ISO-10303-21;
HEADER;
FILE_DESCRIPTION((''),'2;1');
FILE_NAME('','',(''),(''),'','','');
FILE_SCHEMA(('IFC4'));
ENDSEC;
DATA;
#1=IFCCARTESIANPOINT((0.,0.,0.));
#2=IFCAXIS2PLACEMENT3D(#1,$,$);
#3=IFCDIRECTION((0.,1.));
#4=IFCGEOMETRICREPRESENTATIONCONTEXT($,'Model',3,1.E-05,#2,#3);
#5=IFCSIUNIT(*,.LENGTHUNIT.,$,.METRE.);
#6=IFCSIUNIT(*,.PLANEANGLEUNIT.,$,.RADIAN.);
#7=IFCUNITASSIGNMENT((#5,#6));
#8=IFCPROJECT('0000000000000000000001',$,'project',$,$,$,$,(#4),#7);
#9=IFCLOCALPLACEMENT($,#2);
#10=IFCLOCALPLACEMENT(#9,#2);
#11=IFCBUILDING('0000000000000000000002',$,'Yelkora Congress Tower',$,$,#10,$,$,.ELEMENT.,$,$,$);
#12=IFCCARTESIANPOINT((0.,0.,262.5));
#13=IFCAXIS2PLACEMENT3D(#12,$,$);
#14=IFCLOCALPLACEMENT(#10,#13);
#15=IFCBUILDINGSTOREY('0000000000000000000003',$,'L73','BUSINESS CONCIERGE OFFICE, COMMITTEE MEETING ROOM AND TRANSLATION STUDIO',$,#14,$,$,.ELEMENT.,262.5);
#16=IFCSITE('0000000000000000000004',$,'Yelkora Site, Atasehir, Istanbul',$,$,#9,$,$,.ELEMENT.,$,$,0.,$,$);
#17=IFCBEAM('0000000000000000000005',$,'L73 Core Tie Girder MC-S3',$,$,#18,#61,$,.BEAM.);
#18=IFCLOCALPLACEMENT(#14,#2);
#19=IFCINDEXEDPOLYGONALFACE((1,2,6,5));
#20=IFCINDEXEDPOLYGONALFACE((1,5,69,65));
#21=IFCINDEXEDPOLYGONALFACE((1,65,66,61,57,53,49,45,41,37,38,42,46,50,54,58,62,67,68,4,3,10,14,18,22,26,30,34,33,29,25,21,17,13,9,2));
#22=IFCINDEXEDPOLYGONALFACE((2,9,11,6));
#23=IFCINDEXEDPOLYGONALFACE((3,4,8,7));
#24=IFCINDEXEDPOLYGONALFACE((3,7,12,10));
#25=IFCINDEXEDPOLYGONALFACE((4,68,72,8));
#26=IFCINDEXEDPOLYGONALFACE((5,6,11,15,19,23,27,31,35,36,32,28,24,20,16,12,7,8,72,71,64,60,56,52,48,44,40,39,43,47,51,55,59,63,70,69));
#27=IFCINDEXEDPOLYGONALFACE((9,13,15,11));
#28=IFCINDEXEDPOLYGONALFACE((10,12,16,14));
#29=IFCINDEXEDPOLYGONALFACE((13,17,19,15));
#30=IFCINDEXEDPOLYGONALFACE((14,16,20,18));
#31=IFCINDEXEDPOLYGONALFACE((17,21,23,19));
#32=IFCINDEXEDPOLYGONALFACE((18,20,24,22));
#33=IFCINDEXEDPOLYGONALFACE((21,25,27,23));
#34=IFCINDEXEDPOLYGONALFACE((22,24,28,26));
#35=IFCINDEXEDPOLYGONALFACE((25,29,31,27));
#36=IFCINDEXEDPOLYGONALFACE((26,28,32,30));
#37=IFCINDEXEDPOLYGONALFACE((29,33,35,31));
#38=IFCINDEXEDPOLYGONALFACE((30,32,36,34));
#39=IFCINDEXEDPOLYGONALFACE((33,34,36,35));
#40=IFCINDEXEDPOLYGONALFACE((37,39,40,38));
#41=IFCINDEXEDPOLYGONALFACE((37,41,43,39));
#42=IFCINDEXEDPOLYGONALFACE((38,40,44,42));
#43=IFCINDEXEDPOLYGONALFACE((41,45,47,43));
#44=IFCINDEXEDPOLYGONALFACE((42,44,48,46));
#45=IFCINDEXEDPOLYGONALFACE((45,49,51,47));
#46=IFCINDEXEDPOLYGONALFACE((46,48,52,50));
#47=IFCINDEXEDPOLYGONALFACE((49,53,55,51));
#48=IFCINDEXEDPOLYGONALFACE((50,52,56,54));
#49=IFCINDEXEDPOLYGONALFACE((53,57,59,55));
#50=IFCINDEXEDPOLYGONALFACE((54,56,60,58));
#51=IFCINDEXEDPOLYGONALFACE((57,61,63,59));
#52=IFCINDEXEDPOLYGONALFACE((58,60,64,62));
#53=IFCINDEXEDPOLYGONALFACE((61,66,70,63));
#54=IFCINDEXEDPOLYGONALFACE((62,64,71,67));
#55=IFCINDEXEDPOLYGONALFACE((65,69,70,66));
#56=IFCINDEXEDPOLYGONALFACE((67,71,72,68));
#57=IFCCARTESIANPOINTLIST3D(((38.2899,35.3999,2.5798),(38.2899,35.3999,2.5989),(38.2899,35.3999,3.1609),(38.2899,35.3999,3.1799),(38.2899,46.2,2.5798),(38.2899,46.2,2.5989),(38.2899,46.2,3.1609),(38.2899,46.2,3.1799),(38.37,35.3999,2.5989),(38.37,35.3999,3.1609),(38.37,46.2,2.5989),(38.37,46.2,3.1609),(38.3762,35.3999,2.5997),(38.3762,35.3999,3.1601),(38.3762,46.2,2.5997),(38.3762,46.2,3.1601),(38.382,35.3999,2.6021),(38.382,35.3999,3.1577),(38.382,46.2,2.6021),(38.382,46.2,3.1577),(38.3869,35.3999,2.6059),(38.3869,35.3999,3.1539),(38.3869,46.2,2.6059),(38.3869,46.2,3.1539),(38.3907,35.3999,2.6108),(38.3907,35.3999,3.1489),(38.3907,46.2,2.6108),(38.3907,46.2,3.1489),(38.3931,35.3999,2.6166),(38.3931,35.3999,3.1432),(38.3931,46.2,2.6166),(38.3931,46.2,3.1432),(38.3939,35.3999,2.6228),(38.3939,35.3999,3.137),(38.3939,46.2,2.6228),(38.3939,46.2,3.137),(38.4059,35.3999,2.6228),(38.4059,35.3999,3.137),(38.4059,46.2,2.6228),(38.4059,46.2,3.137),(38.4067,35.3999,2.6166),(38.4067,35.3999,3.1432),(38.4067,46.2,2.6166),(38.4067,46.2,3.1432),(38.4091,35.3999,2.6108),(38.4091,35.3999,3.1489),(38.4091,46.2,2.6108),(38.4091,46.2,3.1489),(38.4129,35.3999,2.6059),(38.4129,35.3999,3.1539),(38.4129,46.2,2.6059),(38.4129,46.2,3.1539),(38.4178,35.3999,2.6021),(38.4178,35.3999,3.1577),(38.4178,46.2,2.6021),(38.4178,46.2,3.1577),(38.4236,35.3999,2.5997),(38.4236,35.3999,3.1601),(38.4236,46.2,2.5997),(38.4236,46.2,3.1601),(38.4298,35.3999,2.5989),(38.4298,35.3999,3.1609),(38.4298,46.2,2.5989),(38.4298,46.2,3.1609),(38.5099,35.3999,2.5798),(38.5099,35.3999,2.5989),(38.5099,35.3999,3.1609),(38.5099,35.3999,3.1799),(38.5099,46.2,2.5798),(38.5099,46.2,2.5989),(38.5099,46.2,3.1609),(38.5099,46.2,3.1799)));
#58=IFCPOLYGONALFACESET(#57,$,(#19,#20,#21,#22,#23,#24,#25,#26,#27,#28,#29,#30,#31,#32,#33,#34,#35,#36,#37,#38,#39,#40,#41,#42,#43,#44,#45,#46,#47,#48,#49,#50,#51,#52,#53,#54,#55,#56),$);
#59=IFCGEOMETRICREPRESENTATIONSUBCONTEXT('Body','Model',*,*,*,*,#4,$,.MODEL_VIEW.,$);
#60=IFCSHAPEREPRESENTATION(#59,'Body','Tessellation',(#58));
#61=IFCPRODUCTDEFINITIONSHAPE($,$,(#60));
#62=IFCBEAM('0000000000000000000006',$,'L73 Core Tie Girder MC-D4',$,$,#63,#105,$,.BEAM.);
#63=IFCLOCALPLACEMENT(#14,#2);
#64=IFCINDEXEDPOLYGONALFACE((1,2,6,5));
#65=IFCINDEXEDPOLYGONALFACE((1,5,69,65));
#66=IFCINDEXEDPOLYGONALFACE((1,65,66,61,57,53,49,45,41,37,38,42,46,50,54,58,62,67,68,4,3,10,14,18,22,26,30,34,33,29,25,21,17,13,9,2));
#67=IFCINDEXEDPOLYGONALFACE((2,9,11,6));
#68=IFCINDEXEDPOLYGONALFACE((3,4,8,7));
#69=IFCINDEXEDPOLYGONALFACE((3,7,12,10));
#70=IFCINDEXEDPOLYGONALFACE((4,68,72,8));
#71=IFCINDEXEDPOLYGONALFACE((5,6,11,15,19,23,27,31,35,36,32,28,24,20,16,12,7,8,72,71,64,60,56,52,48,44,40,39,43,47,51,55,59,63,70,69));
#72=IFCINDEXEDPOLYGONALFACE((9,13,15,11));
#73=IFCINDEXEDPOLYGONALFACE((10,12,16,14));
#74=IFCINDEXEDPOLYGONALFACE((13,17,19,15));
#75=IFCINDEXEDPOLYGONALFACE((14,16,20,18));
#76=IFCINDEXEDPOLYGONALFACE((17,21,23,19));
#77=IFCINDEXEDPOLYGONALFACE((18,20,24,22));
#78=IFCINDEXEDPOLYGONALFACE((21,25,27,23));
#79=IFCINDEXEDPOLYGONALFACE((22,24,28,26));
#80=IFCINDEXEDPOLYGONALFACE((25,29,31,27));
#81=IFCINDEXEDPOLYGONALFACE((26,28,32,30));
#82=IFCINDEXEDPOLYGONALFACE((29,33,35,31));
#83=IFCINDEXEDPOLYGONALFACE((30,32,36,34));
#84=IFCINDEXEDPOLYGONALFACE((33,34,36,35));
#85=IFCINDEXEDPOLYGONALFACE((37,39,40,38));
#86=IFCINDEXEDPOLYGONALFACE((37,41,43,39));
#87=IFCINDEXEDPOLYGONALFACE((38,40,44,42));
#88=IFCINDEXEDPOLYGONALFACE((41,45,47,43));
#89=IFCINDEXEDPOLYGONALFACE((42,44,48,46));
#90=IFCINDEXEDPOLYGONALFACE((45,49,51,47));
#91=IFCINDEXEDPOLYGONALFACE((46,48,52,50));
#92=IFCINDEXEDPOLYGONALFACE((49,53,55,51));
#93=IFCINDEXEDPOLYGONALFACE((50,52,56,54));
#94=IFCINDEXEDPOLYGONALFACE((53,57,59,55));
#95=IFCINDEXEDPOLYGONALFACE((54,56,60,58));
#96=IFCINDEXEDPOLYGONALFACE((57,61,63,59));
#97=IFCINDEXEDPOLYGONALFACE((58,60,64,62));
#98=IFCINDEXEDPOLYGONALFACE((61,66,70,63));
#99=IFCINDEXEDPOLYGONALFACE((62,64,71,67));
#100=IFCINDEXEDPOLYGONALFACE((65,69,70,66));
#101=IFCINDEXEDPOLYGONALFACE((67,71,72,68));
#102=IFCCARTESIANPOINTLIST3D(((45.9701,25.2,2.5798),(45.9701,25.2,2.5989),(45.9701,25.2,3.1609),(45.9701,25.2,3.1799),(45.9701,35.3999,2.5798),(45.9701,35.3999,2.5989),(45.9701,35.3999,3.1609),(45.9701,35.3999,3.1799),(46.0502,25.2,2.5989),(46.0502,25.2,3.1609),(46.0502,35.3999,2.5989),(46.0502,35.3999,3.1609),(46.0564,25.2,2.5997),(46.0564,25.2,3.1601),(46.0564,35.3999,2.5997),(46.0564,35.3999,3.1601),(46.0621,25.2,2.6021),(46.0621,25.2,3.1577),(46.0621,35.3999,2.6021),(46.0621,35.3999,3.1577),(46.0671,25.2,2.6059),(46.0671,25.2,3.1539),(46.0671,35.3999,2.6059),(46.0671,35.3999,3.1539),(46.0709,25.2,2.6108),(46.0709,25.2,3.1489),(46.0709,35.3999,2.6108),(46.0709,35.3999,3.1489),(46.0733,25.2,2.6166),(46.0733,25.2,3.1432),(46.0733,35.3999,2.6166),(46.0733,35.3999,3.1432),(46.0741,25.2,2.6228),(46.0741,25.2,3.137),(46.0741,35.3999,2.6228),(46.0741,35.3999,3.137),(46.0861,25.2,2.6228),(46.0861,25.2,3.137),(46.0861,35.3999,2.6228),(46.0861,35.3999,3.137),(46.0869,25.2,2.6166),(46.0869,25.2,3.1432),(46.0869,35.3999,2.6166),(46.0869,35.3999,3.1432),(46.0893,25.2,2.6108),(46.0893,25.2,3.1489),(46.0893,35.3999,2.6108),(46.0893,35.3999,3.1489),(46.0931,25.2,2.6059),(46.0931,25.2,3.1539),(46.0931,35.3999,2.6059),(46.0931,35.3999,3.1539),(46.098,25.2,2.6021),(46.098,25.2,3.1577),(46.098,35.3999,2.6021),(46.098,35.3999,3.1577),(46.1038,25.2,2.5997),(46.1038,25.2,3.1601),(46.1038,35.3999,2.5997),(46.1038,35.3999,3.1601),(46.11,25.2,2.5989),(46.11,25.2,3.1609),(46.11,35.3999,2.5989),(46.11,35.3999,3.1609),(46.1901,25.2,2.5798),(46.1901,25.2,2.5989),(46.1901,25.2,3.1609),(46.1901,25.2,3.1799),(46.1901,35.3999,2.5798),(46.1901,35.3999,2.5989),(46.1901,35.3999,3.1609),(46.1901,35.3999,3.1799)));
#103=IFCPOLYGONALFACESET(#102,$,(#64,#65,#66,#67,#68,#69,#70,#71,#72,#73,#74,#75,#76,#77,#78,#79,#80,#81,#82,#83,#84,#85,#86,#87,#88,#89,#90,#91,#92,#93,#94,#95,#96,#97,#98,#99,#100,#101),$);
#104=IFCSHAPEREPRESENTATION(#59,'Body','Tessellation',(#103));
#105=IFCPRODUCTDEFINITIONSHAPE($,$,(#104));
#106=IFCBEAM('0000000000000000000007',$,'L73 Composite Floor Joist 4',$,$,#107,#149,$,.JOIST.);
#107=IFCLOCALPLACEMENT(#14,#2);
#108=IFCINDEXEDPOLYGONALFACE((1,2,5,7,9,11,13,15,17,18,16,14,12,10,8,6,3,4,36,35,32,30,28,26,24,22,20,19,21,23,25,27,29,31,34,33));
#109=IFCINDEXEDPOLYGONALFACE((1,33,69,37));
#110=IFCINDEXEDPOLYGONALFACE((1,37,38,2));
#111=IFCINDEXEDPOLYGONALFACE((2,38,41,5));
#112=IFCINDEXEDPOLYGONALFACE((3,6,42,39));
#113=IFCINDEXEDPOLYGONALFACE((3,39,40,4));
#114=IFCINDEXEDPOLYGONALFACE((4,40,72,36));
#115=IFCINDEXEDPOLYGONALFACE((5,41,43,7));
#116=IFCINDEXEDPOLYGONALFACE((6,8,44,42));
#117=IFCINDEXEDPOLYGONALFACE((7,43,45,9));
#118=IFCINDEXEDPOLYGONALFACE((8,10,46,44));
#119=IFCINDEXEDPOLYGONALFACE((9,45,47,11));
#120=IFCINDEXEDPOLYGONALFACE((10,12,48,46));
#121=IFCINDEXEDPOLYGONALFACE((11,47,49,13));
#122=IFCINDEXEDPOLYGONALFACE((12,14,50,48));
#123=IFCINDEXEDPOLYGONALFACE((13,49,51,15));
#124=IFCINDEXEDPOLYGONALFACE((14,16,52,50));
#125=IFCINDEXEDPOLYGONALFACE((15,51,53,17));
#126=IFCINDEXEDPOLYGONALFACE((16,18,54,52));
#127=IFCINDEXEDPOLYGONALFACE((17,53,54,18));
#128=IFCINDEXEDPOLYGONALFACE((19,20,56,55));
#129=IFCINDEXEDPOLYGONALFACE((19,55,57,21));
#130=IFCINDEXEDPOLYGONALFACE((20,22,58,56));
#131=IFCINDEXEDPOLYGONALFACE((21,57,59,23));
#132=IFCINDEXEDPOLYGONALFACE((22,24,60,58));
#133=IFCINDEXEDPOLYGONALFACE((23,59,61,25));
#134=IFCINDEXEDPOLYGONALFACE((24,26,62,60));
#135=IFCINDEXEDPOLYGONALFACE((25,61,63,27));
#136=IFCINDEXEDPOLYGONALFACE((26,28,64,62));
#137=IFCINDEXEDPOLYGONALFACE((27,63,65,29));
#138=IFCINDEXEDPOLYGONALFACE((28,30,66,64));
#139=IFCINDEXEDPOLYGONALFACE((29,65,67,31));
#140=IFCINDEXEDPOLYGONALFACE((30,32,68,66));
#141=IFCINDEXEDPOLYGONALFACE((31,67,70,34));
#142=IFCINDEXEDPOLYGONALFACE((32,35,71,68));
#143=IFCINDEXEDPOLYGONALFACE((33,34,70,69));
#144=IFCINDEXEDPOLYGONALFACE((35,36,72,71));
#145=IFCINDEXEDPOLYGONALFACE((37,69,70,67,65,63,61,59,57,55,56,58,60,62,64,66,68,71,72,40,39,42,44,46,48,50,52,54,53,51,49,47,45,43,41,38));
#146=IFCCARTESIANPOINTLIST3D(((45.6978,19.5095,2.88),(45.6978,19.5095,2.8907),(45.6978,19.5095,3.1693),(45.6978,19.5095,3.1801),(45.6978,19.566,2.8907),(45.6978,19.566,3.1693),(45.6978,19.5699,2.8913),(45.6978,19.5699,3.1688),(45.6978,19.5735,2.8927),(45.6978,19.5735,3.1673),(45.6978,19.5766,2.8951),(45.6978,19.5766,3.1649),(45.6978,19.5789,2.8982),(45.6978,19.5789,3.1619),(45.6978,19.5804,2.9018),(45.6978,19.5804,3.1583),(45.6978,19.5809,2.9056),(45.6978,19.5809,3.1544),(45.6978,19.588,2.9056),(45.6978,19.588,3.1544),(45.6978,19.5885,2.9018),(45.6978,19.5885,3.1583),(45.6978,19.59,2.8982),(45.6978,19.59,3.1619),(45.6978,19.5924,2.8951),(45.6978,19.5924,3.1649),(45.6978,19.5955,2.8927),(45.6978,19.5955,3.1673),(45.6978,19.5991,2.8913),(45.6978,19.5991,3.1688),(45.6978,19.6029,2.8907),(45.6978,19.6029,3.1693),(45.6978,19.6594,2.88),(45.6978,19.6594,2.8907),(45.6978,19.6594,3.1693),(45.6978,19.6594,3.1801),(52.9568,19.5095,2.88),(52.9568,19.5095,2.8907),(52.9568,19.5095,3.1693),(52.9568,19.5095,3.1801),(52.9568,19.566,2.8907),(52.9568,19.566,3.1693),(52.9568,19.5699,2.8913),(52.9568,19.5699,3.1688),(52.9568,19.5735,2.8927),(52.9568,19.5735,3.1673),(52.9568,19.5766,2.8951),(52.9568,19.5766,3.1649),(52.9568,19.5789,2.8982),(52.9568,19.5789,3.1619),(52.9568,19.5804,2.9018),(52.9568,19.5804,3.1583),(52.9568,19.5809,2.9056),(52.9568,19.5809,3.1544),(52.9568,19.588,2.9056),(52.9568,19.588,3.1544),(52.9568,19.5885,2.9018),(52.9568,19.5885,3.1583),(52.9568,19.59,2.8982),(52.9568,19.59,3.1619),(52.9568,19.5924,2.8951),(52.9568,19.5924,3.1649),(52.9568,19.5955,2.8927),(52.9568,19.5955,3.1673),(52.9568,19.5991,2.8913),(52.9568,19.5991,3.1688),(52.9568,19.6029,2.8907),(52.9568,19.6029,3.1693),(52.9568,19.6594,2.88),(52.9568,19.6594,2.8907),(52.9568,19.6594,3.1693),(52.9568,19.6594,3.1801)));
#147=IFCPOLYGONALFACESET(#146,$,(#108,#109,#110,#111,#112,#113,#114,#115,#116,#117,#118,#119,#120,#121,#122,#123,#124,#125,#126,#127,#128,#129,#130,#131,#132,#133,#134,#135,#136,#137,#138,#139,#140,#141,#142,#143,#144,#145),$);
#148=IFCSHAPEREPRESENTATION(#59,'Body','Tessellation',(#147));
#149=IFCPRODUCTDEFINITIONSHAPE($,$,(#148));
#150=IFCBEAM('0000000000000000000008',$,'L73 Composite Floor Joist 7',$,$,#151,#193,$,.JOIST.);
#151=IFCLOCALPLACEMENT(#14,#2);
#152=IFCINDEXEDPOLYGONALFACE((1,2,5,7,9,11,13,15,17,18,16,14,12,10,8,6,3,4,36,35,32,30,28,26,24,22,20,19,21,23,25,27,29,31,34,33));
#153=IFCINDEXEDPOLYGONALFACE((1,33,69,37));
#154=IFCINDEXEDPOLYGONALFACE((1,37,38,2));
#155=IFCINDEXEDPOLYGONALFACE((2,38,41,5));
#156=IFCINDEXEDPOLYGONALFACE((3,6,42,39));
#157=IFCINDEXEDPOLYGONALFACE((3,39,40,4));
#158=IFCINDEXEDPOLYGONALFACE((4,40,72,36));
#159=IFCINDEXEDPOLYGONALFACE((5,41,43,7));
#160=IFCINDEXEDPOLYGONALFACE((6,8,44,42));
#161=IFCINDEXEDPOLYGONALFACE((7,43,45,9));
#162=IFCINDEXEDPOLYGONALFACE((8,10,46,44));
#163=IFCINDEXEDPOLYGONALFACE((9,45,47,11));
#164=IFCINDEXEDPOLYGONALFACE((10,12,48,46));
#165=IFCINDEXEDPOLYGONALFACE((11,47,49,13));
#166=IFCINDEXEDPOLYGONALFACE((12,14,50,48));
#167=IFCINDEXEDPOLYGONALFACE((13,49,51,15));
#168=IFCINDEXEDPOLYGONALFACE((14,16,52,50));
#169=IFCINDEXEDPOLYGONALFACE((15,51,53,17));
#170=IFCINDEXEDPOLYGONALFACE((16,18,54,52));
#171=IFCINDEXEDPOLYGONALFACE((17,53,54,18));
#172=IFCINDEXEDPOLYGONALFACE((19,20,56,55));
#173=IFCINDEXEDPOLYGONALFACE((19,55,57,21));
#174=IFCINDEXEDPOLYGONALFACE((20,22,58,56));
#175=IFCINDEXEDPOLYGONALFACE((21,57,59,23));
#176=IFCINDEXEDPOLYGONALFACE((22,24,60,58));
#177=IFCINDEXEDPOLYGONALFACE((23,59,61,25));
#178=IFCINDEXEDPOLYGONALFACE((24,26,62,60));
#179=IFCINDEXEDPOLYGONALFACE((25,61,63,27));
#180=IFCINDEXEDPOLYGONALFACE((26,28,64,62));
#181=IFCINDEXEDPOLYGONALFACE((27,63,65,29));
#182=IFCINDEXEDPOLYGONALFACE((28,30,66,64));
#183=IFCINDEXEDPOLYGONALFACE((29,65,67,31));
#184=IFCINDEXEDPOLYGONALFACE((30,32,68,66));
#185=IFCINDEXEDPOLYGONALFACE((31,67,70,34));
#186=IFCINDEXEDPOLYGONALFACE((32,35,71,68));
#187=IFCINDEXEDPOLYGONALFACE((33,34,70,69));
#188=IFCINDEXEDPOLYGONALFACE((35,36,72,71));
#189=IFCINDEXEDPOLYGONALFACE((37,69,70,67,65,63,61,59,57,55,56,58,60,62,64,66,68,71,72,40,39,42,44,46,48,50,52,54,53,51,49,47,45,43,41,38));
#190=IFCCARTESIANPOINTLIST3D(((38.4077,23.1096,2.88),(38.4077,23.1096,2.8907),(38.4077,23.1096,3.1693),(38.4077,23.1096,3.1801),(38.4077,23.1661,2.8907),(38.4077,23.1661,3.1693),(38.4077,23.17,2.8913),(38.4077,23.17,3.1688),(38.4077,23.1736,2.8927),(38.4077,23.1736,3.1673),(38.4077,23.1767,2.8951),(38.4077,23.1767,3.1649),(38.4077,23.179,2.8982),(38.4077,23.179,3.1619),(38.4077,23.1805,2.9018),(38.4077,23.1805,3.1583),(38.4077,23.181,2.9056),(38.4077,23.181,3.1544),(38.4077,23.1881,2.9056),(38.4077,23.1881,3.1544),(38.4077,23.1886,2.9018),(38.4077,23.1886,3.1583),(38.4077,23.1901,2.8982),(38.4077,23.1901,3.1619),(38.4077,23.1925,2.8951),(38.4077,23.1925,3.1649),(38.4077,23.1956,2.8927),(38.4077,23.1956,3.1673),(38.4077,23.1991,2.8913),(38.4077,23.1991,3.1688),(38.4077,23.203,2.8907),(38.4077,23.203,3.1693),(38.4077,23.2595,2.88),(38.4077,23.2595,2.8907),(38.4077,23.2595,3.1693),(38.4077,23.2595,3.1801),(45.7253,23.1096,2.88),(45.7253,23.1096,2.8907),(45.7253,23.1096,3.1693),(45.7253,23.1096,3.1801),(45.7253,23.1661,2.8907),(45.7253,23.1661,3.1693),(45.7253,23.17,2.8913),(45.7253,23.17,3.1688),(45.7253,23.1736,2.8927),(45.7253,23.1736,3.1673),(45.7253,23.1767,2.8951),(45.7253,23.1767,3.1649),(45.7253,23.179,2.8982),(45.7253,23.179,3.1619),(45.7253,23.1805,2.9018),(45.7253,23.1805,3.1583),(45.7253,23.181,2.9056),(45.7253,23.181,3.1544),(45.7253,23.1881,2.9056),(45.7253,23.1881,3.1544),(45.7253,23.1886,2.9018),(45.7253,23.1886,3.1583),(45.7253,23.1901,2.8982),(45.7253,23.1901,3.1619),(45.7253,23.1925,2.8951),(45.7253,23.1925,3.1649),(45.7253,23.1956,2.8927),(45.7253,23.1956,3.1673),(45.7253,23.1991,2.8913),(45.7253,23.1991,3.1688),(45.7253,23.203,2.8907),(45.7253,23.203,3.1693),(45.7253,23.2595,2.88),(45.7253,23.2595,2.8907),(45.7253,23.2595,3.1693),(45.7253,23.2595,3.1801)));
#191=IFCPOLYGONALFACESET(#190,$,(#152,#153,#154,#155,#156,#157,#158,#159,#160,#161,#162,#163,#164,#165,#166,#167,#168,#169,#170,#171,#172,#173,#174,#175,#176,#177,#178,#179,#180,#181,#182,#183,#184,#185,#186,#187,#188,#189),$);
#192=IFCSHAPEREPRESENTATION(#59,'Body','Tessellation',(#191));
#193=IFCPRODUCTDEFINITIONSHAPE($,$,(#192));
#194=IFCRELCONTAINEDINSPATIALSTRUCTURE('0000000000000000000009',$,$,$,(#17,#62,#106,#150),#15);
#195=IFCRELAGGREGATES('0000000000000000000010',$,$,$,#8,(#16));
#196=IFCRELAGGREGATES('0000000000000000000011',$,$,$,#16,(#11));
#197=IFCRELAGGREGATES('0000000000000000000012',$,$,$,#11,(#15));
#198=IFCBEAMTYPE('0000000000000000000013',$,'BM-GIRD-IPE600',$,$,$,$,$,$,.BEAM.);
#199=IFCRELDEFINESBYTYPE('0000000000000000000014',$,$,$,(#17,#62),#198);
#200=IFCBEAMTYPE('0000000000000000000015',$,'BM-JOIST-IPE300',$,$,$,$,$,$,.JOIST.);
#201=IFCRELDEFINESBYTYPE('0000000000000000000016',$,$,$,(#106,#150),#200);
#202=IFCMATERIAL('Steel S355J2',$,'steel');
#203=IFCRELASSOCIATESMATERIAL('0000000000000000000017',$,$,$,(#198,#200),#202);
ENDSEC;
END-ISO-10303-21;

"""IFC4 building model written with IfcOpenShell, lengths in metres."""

from ifc_helpers import new_model, si_unit, direction, frame, origin, origin_2d, place, context, subcontext, project, spatial, i_section, extrude, material, material_profile, profile_set, type_object, element, save


model = new_model("IFC4")

# Units and contexts
model_context = context("Model", 3, precision=1e-05, world=origin(), true_north=direction((0.0, 1.0)))
body_context = subcontext(model_context, "Body", "Model", "MODEL_VIEW")
ifc_project = project(units=[si_unit("LENGTHUNIT", "METRE"), si_unit("PLANEANGLEUNIT", "RADIAN")], contexts=[model_context])

# Site, building, storey
site_placement = place(None, origin())
site = spatial("IfcSite", under=ifc_project, at=site_placement, Name="Yelkora Site, Atasehir, Istanbul", CompositionType="ELEMENT", RefElevation=0.0)
building_placement = place(site_placement, origin())
building = spatial("IfcBuilding", under=site, at=building_placement, Name="Yelkora Congress Tower", CompositionType="ELEMENT")
storey_placement = place(building_placement, frame((0.0, 0.0, 262.5)))
storey = spatial("IfcBuildingStorey", under=building, at=storey_placement, Name="L73", Description="BUSINESS CONCIERGE OFFICE, COMMITTEE MEETING ROOM AND TRANSLATION STUDIO", CompositionType="ELEMENT", Elevation=262.5)

# Beams
ifc_material_1 = material(Name="Steel S355J2", Category="steel")
ifc_material_profile_1 = material_profile(ifc_material_1, i_section(OverallWidth=0.22, OverallDepth=0.6001, WebThickness=0.012, FlangeThickness=0.019, FilletRadius=0.0239, at=origin_2d()), Name="IPE 600")
ifc_profile_set_1 = profile_set([ifc_material_profile_1], Name="Steel S355J2")
beam_type_1 = type_object("IfcBeamType", Name="BM-GIRD-IPE600", PredefinedType="BEAM", material=ifc_profile_set_1)
beam_1_placement = place(storey_placement, frame((38.3999, 35.3999, 2.8799), z_axis=(0.0, 1.0, 0.0), x_axis=(-1.0, 0.0, 0.0)))
element("IfcBeam", 1, at=beam_1_placement, inside=storey, type_object=beam_type_1, Name="L73 Core Tie Girder MC-S3", PredefinedType="BEAM", context=body_context, shape_type="SweptSolid", body=[
    extrude(i_section(OverallWidth=0.22, OverallDepth=0.6001, WebThickness=0.012, FlangeThickness=0.019, FilletRadius=0.0239, at=origin_2d()), origin(), (0.0, 0.0, 1.0), 10.8),
])
beam_2_placement = place(storey_placement, frame((46.0801, 25.2, 2.8799), z_axis=(0.0, 1.0, 0.0), x_axis=(-1.0, 0.0, 0.0)))
element("IfcBeam", 2, at=beam_2_placement, inside=storey, type_object=beam_type_1, Name="L73 Core Tie Girder MC-D4", PredefinedType="BEAM", context=body_context, shape_type="SweptSolid", body=[
    extrude(i_section(OverallWidth=0.22, OverallDepth=0.6001, WebThickness=0.012, FlangeThickness=0.019, FilletRadius=0.0239, at=origin_2d()), origin(), (0.0, 0.0, 1.0), 10.2),
])
ifc_material_profile_2 = material_profile(ifc_material_1, i_section(OverallWidth=0.1499, OverallDepth=0.3, WebThickness=0.0071, FlangeThickness=0.0107, FilletRadius=0.0149, at=origin_2d()), Name="IPE 300")
ifc_profile_set_2 = profile_set([ifc_material_profile_2], Name="Steel S355J2")
beam_type_2 = type_object("IfcBeamType", Name="BM-JOIST-IPE300", PredefinedType="JOIST", material=ifc_profile_set_2)
beam_3_placement = place(storey_placement, frame((45.6978, 19.5845, 3.03), z_axis=(1.0, 0.0, 0.0), x_axis=(0.0, 1.0, 0.0)))
element("IfcBeam", 3, at=beam_3_placement, inside=storey, type_object=beam_type_2, Name="L73 Composite Floor Joist 4", PredefinedType="JOIST", context=body_context, shape_type="SweptSolid", body=[
    extrude(i_section(OverallWidth=0.1499, OverallDepth=0.3, WebThickness=0.0071, FlangeThickness=0.0107, FilletRadius=0.0149, at=origin_2d()), origin(), (0.0, 0.0, 1.0), 7.259),
])
beam_4_placement = place(storey_placement, frame((38.4077, 23.1846, 3.03), z_axis=(1.0, 0.0, 0.0), x_axis=(0.0, 1.0, 0.0)))
element("IfcBeam", 4, at=beam_4_placement, inside=storey, type_object=beam_type_2, Name="L73 Composite Floor Joist 7", PredefinedType="JOIST", context=body_context, shape_type="SweptSolid", body=[
    extrude(i_section(OverallWidth=0.1499, OverallDepth=0.3, WebThickness=0.0071, FlangeThickness=0.0107, FilletRadius=0.0149, at=origin_2d()), origin(), (0.0, 0.0, 1.0), 7.3176),
])

save(model, "model.ifc")
